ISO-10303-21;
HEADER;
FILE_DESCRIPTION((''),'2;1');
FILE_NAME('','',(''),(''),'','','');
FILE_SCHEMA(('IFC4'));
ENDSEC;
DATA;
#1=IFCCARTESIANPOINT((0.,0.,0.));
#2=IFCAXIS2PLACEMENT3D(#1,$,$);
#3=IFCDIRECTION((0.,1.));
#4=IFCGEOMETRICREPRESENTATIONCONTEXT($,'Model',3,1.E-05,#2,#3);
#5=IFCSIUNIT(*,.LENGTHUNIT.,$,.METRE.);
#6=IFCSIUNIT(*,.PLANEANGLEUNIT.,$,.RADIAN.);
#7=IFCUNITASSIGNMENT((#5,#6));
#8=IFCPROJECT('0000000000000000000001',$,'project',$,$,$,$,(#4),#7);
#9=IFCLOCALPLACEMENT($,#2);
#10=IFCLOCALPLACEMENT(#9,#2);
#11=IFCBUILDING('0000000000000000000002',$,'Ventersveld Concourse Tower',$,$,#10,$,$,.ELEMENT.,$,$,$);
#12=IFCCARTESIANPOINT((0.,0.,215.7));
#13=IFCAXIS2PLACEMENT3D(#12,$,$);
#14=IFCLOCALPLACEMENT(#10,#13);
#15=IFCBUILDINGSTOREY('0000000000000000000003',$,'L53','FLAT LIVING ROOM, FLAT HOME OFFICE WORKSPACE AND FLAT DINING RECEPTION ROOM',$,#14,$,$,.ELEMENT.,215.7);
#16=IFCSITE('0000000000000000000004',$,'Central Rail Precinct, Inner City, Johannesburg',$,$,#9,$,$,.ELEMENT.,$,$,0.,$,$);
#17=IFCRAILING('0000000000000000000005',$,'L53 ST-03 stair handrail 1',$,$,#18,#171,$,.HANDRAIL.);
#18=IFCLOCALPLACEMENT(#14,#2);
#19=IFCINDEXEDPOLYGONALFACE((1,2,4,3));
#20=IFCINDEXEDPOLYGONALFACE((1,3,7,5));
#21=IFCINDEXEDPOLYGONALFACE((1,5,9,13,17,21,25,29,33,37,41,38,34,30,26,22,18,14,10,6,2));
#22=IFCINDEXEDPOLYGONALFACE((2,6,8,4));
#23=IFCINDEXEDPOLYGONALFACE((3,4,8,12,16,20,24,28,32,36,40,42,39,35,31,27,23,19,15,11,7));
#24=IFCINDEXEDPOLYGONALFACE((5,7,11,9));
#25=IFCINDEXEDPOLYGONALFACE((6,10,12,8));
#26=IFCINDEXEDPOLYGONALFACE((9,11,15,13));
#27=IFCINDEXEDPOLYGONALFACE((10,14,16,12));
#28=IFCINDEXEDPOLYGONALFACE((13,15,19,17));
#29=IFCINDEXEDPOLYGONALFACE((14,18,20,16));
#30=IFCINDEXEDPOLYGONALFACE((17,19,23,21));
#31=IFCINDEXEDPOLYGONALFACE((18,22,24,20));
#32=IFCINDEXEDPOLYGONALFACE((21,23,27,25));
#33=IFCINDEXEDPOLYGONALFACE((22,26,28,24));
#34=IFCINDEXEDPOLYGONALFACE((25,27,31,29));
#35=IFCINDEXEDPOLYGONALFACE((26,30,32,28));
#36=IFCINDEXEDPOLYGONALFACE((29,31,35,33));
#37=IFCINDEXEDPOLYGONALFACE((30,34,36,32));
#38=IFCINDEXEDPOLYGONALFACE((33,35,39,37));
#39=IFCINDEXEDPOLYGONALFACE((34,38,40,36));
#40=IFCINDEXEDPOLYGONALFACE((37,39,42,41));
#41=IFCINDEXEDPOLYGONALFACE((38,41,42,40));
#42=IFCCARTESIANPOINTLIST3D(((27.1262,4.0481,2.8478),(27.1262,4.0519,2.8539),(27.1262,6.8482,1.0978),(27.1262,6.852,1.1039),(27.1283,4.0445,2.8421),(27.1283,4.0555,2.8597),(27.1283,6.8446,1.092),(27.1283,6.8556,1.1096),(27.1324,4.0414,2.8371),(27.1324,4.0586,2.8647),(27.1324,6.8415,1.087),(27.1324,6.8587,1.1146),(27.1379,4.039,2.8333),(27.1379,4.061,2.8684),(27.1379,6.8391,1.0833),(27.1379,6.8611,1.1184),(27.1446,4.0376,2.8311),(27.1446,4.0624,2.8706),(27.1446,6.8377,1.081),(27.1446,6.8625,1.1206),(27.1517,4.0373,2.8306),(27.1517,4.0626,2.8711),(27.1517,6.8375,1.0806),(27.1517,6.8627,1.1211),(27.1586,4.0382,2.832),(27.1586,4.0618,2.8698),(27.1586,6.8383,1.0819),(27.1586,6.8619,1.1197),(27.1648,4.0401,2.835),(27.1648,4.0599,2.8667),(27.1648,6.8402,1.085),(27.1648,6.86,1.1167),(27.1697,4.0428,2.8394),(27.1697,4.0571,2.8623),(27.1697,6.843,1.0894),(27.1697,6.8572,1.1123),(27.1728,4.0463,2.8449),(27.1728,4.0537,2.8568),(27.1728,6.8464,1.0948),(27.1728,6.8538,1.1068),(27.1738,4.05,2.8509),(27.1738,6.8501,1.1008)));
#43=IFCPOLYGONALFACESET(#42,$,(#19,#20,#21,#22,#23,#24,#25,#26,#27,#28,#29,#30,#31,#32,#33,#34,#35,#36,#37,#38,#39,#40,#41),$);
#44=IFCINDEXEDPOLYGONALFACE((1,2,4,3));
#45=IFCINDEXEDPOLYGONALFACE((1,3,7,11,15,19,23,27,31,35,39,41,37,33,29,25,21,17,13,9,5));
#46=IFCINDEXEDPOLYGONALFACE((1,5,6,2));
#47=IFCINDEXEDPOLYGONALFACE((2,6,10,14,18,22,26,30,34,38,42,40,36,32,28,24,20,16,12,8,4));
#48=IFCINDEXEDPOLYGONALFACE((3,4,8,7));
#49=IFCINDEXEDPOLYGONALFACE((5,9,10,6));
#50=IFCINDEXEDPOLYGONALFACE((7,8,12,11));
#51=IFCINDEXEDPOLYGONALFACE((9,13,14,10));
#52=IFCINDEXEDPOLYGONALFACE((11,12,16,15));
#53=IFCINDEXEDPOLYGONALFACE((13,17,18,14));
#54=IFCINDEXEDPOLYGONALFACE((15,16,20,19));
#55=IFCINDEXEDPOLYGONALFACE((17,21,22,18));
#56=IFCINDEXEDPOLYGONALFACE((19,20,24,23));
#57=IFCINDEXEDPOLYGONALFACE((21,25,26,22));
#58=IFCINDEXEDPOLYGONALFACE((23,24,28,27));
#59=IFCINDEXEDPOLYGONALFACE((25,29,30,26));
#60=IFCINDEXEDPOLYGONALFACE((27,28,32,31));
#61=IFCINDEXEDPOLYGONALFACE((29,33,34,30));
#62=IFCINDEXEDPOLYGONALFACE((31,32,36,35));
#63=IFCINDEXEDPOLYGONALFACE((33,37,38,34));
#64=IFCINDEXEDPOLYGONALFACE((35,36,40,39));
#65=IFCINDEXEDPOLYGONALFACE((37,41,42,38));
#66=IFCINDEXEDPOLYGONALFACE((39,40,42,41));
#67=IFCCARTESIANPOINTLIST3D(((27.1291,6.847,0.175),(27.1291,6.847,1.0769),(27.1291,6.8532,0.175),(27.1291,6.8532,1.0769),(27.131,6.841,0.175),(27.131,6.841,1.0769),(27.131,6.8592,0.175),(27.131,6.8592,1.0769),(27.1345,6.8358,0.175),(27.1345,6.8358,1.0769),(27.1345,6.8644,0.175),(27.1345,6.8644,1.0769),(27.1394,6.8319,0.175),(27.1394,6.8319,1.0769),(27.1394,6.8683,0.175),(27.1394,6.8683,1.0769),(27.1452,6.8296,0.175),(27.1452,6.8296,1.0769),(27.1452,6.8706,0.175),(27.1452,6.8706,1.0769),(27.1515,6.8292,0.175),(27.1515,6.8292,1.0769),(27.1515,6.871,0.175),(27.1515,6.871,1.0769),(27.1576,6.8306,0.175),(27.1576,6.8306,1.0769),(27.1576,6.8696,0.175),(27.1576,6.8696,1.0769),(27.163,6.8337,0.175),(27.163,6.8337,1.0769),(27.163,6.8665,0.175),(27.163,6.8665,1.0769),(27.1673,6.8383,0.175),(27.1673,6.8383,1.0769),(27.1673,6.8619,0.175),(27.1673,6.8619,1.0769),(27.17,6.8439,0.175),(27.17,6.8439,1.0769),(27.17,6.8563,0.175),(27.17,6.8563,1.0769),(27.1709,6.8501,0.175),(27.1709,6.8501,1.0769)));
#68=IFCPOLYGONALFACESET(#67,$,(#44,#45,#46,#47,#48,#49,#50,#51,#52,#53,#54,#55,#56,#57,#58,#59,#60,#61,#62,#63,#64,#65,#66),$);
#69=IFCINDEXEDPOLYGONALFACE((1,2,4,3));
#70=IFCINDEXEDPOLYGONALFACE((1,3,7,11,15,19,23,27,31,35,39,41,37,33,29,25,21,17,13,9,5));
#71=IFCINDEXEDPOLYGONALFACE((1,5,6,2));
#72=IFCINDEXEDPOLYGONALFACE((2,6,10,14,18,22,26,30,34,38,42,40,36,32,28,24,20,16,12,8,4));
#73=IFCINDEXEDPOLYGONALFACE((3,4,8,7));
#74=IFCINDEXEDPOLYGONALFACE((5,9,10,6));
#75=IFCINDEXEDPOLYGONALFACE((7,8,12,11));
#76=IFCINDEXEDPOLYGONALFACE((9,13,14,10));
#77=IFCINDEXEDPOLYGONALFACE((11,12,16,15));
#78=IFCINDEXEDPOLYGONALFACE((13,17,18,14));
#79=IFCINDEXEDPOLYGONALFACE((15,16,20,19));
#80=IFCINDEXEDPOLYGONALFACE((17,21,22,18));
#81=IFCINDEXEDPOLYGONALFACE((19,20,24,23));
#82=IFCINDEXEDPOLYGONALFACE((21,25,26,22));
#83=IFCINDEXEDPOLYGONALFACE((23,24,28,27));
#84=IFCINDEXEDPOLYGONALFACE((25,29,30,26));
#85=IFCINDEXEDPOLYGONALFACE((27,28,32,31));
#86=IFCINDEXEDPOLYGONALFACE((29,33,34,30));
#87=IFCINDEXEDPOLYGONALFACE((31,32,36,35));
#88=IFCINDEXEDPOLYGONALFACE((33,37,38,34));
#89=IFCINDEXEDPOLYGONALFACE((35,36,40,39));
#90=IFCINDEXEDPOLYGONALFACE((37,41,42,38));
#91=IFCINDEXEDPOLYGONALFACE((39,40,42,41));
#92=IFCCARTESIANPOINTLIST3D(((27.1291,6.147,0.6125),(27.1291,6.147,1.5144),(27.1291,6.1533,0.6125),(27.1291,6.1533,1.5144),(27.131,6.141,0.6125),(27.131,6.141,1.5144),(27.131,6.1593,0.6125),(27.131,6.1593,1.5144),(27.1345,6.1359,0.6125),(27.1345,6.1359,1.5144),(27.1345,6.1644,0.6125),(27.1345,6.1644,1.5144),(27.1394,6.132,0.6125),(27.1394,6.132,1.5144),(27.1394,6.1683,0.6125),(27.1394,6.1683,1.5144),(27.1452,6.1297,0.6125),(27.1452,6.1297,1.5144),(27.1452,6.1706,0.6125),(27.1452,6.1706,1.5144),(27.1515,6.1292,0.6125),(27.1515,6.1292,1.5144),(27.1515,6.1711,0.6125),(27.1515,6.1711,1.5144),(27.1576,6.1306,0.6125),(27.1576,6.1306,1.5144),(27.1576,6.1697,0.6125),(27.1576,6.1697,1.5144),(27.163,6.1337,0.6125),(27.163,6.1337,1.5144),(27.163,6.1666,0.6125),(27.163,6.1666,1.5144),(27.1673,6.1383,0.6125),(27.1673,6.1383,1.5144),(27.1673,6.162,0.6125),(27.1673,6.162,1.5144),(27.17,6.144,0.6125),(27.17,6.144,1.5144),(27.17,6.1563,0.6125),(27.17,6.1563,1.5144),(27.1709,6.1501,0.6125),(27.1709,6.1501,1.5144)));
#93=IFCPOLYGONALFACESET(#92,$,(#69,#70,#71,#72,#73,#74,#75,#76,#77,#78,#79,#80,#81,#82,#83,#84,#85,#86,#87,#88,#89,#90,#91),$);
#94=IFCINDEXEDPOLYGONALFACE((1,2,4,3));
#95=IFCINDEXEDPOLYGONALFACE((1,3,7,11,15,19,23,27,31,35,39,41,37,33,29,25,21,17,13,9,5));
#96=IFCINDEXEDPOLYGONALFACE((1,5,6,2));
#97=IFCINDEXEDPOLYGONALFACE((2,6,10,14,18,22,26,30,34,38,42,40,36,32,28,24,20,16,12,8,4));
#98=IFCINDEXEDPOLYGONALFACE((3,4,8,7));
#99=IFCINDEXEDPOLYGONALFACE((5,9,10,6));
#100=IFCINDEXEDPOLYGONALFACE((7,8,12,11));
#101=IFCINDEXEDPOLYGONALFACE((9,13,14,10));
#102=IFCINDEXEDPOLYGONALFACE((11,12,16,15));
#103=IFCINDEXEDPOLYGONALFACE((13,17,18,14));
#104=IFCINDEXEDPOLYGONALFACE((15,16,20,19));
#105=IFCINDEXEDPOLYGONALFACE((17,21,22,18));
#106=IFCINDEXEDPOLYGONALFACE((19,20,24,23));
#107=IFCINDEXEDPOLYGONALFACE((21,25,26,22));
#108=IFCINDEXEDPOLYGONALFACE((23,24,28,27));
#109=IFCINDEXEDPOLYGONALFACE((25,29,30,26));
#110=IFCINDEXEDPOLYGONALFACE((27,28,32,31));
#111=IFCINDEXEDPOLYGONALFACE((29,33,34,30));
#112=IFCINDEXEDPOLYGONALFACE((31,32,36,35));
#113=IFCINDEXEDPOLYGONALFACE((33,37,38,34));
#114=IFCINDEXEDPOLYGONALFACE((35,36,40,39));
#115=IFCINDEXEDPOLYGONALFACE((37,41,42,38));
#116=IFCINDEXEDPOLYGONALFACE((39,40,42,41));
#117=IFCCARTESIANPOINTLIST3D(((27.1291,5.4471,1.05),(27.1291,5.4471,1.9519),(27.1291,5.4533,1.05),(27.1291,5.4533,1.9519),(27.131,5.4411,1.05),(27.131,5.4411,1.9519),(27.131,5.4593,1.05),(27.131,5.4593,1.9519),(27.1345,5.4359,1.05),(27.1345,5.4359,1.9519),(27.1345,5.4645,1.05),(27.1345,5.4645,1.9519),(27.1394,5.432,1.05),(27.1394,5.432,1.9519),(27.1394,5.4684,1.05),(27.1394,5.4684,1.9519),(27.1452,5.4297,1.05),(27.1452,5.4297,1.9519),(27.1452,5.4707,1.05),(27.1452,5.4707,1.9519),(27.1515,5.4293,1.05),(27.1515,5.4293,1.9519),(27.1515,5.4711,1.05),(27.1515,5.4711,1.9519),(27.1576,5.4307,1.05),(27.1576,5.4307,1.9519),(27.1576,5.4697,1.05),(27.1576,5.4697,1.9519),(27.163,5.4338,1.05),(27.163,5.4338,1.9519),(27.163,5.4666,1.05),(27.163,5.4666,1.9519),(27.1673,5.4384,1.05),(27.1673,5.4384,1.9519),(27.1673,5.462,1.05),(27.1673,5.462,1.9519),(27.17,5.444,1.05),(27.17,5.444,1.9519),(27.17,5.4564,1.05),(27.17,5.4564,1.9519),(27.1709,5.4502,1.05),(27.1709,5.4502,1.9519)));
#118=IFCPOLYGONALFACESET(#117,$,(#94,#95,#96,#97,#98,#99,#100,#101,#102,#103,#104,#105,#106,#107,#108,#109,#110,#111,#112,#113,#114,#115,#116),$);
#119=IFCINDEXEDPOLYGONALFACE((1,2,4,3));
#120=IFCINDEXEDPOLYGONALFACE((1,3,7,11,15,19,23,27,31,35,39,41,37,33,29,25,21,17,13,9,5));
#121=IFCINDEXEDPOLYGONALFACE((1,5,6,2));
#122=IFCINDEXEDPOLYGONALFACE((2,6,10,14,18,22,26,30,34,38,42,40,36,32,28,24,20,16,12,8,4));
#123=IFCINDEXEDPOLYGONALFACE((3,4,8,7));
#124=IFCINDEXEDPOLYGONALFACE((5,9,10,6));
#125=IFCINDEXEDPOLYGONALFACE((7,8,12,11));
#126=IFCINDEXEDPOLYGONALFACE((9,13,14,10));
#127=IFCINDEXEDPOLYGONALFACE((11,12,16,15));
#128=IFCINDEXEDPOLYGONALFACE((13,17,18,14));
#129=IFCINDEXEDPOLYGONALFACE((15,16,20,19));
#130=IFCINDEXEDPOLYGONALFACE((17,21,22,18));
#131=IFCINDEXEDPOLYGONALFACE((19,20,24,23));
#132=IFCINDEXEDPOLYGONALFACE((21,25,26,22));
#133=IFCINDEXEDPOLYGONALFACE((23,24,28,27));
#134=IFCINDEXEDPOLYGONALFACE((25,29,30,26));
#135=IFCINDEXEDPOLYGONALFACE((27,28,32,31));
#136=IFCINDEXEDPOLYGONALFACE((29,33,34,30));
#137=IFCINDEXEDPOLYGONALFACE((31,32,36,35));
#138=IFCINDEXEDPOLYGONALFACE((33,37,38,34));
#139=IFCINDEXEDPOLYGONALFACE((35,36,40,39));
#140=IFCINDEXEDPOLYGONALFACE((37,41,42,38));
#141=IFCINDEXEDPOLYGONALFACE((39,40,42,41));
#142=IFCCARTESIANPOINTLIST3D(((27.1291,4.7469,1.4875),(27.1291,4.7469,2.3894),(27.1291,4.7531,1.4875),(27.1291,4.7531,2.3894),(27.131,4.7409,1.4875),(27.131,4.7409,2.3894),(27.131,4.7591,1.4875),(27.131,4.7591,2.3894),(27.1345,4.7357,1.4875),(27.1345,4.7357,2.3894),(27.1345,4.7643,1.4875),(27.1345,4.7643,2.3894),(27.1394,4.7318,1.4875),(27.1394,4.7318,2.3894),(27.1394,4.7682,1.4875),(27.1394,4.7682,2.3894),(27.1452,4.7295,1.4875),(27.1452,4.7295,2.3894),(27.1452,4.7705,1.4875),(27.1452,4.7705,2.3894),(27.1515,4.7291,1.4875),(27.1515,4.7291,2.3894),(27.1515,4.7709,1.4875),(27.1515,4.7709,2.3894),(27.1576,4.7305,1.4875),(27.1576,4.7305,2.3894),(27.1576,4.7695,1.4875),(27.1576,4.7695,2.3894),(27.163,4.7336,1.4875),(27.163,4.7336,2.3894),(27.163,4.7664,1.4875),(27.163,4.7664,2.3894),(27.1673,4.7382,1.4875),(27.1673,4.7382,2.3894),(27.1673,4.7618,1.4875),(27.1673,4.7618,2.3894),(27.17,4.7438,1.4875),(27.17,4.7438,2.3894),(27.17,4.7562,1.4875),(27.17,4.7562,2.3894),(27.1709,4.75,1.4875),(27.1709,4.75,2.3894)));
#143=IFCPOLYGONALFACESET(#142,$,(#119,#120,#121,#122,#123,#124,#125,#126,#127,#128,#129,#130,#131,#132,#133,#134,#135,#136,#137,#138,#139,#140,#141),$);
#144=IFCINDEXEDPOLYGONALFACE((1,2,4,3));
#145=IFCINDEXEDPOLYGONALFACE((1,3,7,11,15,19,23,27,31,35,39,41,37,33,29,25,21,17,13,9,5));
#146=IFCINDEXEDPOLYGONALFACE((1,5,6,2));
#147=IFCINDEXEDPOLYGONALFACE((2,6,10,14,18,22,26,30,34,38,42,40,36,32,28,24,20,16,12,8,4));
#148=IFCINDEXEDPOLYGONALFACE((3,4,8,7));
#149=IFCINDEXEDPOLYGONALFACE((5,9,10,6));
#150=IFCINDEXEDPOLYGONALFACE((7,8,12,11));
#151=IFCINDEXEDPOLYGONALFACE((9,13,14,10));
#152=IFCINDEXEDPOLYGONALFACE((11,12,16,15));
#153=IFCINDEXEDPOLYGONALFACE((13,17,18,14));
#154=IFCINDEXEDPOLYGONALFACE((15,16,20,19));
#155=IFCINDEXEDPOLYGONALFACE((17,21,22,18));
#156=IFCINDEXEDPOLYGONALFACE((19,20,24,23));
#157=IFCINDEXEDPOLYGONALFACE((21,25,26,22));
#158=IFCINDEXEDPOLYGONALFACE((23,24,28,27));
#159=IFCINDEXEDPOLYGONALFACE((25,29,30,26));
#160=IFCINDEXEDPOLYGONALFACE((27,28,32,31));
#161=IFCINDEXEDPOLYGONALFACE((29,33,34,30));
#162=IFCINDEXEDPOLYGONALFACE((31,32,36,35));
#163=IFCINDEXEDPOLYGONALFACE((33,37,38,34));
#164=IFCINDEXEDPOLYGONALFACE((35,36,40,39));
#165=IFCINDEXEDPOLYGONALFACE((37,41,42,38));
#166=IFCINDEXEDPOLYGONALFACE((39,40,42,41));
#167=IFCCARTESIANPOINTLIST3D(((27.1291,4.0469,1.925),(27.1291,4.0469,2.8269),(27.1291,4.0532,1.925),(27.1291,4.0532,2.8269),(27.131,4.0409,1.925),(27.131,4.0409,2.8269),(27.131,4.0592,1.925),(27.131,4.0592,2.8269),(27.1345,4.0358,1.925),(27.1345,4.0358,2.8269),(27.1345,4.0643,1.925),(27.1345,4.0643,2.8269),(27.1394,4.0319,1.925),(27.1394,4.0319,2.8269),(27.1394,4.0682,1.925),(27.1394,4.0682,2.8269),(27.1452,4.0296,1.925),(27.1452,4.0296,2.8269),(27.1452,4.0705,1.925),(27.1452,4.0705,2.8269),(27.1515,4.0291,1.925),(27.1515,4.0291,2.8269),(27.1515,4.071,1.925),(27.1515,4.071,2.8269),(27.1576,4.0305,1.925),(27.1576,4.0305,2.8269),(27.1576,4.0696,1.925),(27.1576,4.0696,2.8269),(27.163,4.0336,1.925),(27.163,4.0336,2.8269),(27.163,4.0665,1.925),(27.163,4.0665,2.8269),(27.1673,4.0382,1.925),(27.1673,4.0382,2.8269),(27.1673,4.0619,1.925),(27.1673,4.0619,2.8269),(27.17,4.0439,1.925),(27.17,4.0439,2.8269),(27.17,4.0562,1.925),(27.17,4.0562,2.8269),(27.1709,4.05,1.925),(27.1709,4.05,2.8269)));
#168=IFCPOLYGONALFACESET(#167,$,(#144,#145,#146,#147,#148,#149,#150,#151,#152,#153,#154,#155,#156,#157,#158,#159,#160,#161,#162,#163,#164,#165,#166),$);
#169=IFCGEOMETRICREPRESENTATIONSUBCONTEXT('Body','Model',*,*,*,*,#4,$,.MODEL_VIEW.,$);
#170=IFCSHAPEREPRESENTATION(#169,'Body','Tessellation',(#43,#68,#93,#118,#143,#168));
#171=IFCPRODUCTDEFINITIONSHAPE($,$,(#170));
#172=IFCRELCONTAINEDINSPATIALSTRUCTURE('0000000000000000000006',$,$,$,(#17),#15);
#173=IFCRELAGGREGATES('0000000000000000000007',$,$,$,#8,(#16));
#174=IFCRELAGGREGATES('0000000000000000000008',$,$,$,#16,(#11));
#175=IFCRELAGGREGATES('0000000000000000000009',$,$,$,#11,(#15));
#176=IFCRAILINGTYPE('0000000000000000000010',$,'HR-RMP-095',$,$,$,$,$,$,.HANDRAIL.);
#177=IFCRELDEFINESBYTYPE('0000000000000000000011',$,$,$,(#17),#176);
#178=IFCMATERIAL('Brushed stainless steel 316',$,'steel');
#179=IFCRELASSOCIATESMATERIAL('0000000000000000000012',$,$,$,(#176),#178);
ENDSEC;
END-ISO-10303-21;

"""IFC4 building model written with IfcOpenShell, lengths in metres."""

from ifc_helpers import new_model, si_unit, direction, frame, origin, origin_2d, place, context, subcontext, project, spatial, circle, extrude, material, type_object, element, save


model = new_model("IFC4")

# Units and contexts
model_context = context("Model", 3, precision=1e-05, world=origin(), true_north=direction((0.0, 1.0)))
body_context = subcontext(model_context, "Body", "Model", "MODEL_VIEW")
ifc_project = project(units=[si_unit("LENGTHUNIT", "METRE"), si_unit("PLANEANGLEUNIT", "RADIAN")], contexts=[model_context])

# Site, building, storey
site_placement = place(None, origin())
site = spatial("IfcSite", under=ifc_project, at=site_placement, Name="Central Rail Precinct, Inner City, Johannesburg", CompositionType="ELEMENT", RefElevation=0.0)
building_placement = place(site_placement, origin())
building = spatial("IfcBuilding", under=site, at=building_placement, Name="Ventersveld Concourse Tower", CompositionType="ELEMENT")
storey_placement = place(building_placement, frame((0.0, 0.0, 215.7)))
storey = spatial("IfcBuildingStorey", under=building, at=storey_placement, Name="L53", Description="FLAT LIVING ROOM, FLAT HOME OFFICE WORKSPACE AND FLAT DINING RECEPTION ROOM", CompositionType="ELEMENT", Elevation=215.7)

# Shared definitions
ifc_material_1 = material(Name="Brushed stainless steel 316", Category="steel")

# Railing
railing_type_1 = type_object("IfcRailingType", Name="HR-RMP-095", PredefinedType="HANDRAIL", material=ifc_material_1)
railing_1_placement = place(storey_placement, frame((27.1499, 6.8501, 0.175)))
element("IfcRailing", 1, at=railing_1_placement, inside=storey, type_object=railing_type_1, Name="L53 ST-03 stair handrail 1", PredefinedType="HANDRAIL", context=body_context, shape_type="SweptSolid", body=[
    extrude(circle(Radius=0.0239, at=origin_2d()), frame((0.0, 0.0, 0.9258), z_axis=(0.0, -0.848002, 0.529992), x_axis=(1.0, 0.0, 0.0)), (0.0, 0.0, 1.0), 3.302),
    extrude(circle(Radius=0.021, at=origin_2d()), origin(), (0.0, 0.0, 1.0), 0.9019),
    extrude(circle(Radius=0.021, at=origin_2d()), frame((0.0, -0.7, 0.4375)), (0.0, 0.0, 1.0), 0.9019),
    extrude(circle(Radius=0.021, at=origin_2d()), frame((0.0, -1.3999, 0.875)), (0.0, 0.0, 1.0), 0.9019),
    extrude(circle(Radius=0.021, at=origin_2d()), frame((0.0, -2.1001, 1.3125)), (0.0, 0.0, 1.0), 0.9019),
    extrude(circle(Radius=0.021, at=origin_2d()), frame((0.0, -2.8, 1.75)), (0.0, 0.0, 1.0), 0.9019),
])

save(model, "model.ifc")
